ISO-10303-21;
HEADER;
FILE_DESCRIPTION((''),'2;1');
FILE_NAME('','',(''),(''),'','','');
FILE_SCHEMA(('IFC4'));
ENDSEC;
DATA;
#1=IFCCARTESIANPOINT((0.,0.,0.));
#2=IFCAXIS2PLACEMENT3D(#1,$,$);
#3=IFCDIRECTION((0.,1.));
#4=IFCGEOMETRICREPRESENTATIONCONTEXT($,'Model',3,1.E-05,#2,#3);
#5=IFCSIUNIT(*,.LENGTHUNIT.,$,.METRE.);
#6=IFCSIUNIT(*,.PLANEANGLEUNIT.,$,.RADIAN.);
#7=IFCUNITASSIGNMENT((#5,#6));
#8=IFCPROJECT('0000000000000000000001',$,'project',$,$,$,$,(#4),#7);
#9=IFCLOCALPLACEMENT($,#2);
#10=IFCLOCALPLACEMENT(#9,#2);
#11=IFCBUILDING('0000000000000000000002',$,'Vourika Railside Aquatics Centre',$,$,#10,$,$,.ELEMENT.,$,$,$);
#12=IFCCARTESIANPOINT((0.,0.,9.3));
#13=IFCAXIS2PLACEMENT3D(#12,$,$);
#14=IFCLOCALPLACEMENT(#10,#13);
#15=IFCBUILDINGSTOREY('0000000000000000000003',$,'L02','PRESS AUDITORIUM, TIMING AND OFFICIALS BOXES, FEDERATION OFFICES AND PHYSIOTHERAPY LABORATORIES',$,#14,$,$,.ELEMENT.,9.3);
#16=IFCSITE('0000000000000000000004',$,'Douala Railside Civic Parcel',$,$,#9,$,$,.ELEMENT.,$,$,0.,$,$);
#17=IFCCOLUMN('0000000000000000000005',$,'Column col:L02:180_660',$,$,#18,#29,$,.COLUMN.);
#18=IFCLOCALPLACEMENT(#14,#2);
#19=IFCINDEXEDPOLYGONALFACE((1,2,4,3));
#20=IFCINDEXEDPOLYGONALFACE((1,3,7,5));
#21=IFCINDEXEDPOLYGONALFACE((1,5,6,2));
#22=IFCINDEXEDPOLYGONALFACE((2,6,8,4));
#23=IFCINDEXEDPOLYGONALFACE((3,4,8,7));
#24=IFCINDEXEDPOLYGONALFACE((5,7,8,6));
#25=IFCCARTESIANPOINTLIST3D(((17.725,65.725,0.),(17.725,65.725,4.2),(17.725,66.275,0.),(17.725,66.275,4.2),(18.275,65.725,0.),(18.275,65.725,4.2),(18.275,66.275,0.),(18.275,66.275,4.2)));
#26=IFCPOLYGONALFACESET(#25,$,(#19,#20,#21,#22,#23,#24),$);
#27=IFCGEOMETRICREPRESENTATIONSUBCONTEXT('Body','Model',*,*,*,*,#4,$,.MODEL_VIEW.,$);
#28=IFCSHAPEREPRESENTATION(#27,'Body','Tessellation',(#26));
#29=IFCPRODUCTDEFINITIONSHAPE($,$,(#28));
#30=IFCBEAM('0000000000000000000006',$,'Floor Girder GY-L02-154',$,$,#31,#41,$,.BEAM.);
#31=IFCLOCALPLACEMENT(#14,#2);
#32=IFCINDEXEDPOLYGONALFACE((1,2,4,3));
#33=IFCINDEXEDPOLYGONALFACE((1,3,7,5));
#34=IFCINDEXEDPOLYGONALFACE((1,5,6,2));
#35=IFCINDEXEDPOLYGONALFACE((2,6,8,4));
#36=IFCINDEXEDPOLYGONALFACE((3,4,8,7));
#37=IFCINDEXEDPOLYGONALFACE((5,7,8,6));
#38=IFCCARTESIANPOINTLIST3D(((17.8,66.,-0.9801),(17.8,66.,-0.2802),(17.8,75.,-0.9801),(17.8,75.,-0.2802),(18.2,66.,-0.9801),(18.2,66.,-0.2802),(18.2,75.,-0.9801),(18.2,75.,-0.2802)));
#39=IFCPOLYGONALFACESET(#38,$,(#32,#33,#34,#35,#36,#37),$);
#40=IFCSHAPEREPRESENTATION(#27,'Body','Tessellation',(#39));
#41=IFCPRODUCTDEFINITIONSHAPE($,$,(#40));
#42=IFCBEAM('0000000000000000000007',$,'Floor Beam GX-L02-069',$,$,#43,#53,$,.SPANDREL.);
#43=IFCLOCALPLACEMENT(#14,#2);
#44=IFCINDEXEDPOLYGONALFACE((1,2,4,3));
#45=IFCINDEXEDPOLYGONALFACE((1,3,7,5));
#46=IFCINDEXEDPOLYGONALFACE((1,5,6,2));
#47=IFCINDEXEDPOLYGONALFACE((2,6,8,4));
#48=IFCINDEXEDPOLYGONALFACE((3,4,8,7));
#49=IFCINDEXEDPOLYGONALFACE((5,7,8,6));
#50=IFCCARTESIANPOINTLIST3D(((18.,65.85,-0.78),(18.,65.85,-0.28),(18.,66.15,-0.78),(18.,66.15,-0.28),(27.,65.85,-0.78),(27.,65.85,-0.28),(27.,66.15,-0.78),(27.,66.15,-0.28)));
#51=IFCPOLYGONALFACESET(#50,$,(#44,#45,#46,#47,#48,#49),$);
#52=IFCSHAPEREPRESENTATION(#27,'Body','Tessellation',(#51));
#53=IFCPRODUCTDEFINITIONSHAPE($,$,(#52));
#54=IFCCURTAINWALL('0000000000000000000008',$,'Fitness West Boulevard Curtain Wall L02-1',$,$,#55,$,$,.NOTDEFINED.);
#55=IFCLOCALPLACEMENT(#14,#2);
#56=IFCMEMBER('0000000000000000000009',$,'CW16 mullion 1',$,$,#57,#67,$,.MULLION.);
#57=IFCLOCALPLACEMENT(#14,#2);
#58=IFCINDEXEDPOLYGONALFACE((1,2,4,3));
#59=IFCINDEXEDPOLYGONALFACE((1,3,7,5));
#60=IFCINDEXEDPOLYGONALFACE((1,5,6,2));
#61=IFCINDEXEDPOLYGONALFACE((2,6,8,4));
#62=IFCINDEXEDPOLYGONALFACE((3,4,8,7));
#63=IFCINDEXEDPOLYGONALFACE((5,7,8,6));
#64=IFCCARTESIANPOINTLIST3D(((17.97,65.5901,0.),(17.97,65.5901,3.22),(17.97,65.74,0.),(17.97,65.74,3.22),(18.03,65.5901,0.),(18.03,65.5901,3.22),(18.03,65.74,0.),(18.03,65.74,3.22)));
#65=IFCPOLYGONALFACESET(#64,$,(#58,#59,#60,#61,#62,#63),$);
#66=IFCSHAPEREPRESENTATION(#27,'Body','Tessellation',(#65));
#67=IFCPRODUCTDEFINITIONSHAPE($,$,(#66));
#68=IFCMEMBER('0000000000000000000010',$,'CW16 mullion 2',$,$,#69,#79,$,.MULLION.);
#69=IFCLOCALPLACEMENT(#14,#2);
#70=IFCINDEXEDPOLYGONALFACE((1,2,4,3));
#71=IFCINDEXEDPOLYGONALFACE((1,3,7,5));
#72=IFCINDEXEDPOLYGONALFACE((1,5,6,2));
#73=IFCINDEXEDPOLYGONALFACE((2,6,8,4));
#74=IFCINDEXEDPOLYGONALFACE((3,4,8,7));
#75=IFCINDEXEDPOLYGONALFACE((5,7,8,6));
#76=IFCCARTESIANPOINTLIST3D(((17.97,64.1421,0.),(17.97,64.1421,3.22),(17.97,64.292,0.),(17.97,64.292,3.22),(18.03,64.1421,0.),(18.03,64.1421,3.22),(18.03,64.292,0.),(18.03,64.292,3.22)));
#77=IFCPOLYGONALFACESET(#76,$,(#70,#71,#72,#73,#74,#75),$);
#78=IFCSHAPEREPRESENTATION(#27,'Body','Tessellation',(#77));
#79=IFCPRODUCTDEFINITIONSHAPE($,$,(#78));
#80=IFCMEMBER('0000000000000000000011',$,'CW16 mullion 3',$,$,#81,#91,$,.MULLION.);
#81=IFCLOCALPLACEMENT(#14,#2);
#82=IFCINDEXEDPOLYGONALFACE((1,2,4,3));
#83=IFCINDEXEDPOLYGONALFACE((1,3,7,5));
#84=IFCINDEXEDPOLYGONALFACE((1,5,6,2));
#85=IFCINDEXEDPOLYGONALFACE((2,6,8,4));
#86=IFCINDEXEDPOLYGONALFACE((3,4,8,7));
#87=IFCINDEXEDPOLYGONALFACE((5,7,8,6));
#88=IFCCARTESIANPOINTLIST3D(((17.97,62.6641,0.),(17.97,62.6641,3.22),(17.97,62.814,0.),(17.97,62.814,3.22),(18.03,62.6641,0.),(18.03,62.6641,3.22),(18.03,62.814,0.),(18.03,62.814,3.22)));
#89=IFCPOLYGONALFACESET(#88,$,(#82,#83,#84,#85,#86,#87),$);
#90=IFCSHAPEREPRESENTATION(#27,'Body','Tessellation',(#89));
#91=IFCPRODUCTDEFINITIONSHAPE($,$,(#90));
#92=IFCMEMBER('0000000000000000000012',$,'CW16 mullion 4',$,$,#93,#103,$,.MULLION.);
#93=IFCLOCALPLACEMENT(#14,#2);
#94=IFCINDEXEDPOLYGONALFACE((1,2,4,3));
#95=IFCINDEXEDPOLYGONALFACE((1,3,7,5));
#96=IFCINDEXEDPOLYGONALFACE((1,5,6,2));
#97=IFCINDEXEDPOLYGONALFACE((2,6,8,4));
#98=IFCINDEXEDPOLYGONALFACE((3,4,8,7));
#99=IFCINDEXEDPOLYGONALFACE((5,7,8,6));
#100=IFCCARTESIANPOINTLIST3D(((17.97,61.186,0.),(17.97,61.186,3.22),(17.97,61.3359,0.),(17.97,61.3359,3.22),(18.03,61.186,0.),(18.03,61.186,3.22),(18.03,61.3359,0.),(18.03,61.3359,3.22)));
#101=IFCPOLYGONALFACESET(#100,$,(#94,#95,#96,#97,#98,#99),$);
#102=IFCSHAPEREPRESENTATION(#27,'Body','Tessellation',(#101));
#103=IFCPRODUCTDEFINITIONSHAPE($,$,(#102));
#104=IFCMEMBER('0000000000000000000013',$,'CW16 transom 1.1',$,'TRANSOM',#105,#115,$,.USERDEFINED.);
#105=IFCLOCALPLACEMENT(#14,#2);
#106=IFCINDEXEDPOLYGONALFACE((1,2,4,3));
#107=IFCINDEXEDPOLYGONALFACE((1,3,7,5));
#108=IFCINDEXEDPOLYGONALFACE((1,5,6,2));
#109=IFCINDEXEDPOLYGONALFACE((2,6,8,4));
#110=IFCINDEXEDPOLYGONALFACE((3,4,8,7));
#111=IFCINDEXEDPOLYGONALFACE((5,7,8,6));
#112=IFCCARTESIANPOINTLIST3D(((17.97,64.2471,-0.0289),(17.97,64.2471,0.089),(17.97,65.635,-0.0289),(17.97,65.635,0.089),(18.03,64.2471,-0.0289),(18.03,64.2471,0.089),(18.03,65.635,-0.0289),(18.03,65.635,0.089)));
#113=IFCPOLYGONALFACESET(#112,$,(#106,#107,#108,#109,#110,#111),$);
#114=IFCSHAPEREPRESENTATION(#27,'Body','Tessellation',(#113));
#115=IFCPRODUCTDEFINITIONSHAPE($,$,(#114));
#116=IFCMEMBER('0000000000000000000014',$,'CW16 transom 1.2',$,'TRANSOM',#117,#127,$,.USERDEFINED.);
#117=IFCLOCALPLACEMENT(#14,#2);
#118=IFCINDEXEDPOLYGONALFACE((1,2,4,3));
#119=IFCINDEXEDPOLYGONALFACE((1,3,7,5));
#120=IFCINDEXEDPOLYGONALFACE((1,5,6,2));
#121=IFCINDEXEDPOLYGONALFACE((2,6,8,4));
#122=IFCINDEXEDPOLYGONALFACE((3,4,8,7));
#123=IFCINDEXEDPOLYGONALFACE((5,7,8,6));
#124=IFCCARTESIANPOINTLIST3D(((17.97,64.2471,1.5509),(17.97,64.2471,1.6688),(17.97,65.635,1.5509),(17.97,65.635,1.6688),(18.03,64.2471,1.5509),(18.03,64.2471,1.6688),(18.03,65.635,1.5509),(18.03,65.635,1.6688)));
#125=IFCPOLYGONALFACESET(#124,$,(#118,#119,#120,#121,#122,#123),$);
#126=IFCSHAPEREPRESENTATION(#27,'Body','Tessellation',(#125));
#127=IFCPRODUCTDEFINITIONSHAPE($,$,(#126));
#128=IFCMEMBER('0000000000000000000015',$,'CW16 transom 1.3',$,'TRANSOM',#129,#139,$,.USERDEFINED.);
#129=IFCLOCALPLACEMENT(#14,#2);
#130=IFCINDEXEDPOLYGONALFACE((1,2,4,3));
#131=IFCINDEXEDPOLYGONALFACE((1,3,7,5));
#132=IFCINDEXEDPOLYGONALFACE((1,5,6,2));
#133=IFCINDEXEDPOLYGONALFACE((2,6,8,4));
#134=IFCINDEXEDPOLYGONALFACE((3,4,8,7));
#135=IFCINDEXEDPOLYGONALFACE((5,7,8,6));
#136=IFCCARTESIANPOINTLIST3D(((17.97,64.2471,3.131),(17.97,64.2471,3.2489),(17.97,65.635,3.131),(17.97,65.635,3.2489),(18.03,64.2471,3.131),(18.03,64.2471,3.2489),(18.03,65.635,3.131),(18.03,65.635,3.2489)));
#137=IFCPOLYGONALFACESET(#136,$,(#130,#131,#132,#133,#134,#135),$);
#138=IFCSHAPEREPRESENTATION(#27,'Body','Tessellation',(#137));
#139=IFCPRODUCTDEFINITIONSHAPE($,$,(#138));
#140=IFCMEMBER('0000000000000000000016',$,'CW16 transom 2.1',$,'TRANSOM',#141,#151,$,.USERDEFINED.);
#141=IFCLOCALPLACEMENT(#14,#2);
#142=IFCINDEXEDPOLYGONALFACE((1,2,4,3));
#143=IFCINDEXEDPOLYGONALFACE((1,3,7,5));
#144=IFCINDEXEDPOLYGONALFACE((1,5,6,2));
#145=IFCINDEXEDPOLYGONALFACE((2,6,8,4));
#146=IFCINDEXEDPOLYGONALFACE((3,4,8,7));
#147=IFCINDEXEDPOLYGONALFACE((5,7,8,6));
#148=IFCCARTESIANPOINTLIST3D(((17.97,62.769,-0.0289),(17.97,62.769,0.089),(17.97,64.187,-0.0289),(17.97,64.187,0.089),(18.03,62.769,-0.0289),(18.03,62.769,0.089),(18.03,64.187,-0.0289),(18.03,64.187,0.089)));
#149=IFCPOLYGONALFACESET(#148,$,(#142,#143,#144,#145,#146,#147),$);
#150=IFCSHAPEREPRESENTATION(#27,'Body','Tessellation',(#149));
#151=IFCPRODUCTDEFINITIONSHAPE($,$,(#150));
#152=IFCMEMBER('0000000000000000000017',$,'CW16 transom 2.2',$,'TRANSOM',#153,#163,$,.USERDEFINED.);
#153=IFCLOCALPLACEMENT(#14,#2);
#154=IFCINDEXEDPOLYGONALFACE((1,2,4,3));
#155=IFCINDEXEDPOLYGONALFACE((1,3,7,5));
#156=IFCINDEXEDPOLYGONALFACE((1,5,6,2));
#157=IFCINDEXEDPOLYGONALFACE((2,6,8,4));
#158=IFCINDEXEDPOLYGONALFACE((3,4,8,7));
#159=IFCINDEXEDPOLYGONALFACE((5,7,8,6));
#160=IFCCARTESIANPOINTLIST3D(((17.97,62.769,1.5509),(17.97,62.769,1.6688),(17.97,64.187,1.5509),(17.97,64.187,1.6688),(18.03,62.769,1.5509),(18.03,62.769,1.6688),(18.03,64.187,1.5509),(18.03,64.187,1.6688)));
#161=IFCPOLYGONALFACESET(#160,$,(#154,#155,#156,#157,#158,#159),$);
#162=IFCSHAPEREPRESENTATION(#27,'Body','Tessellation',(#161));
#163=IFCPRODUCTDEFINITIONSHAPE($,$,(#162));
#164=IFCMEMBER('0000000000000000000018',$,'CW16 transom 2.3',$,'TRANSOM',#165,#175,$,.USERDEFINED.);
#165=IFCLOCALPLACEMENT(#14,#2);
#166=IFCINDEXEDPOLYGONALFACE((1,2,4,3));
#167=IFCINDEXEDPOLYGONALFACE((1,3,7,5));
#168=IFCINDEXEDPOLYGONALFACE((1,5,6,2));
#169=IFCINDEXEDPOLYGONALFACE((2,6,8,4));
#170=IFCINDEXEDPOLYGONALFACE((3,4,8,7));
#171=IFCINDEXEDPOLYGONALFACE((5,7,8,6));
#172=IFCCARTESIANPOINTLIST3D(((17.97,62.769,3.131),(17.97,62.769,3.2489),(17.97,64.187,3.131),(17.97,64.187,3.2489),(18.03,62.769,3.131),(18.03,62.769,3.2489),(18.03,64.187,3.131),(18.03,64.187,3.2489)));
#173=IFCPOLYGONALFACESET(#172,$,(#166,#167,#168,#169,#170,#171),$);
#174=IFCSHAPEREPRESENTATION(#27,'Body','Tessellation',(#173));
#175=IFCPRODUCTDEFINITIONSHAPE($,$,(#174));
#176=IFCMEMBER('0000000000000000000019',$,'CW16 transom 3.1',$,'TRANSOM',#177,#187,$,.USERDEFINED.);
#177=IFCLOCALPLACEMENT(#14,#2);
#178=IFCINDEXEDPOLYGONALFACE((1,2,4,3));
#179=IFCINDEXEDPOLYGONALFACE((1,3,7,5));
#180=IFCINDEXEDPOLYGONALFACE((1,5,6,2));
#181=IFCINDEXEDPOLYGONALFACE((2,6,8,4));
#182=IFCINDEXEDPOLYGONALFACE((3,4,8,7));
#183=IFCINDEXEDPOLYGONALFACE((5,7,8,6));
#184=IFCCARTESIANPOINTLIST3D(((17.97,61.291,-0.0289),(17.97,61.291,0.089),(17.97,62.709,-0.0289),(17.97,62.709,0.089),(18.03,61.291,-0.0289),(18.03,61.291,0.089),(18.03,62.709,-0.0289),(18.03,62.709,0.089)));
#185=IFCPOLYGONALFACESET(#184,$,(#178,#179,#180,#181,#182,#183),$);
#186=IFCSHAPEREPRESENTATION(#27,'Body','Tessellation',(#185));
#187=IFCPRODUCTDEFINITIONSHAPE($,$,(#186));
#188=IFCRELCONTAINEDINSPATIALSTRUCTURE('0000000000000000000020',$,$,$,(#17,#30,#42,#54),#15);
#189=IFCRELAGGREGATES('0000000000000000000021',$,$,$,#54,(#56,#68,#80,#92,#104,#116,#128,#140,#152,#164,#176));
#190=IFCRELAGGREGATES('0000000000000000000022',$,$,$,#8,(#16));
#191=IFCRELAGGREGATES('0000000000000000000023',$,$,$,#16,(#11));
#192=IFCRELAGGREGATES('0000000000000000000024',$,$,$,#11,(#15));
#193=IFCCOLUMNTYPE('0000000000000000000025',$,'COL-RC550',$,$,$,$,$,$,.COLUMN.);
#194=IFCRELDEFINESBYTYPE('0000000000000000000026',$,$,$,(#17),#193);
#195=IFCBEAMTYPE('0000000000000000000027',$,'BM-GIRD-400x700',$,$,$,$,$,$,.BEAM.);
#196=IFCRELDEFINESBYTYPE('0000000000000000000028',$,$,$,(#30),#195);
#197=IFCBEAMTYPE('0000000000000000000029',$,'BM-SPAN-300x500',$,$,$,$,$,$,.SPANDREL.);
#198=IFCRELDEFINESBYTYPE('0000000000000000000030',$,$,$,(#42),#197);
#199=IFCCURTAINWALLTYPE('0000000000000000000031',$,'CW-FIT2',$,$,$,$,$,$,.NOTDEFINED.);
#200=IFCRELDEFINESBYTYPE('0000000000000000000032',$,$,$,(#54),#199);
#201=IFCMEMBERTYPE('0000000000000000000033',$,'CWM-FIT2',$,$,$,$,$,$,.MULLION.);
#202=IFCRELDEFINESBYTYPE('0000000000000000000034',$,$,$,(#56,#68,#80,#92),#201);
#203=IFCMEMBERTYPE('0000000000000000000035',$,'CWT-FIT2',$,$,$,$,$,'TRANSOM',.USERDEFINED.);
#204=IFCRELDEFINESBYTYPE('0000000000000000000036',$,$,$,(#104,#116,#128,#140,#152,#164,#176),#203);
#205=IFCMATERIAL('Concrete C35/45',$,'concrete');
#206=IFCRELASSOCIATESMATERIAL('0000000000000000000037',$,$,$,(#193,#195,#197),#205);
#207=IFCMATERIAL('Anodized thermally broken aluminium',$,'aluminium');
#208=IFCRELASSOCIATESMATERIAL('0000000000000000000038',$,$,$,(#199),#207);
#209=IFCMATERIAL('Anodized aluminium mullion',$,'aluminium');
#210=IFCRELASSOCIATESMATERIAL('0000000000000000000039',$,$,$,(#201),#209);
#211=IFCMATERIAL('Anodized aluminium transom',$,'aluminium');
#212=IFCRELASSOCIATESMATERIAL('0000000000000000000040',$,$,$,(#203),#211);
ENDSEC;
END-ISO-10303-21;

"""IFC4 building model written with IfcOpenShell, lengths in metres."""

from ifc_helpers import new_model, si_unit, direction, frame, origin, origin_2d, place, context, subcontext, project, spatial, rectangle, extrude, material, material_profile, profile_set, type_object, element, aggregate, save


model = new_model("IFC4")

# Units and contexts
model_context = context("Model", 3, precision=1e-05, world=origin(), true_north=direction((0.0, 1.0)))
body_context = subcontext(model_context, "Body", "Model", "MODEL_VIEW")
ifc_project = project(units=[si_unit("LENGTHUNIT", "METRE"), si_unit("PLANEANGLEUNIT", "RADIAN")], contexts=[model_context])

# Site, building, storey
site_placement = place(None, origin())
site = spatial("IfcSite", under=ifc_project, at=site_placement, Name="Douala Railside Civic Parcel", CompositionType="ELEMENT", RefElevation=0.0)
building_placement = place(site_placement, origin())
building = spatial("IfcBuilding", under=site, at=building_placement, Name="Vourika Railside Aquatics Centre", CompositionType="ELEMENT")
storey_placement = place(building_placement, frame((0.0, 0.0, 9.3)))
storey = spatial("IfcBuildingStorey", under=building, at=storey_placement, Name="L02", Description="PRESS AUDITORIUM, TIMING AND OFFICIALS BOXES, FEDERATION OFFICES AND PHYSIOTHERAPY LABORATORIES", CompositionType="ELEMENT", Elevation=9.3)

# Column
ifc_material_1 = material(Name="Concrete C35/45", Category="concrete")
ifc_material_profile_1 = material_profile(ifc_material_1, rectangle(XDim=0.55, YDim=0.55, at=origin_2d()), Name="RC 550x550")
ifc_profile_set_1 = profile_set([ifc_material_profile_1], Name="Concrete C35/45")
column_type = type_object("IfcColumnType", Name="COL-RC550", PredefinedType="COLUMN", material=ifc_profile_set_1)
column_placement = place(storey_placement, frame((18.0, 66.0, 0.0), z_axis=(0.0, 0.0, 1.0), x_axis=(1.0, 0.0, 0.0)))
element("IfcColumn", 1, at=column_placement, inside=storey, type_object=column_type, Name="Column col:L02:180_660", PredefinedType="COLUMN", context=body_context, shape_type="SweptSolid", body=[
    extrude(rectangle(XDim=0.55, YDim=0.55, at=origin_2d()), origin(), (0.0, 0.0, 1.0), 4.2),
])

# Beams
ifc_material_profile_2 = material_profile(ifc_material_1, rectangle(XDim=0.3999, YDim=0.7, at=origin_2d()), Name="RC 400x700")
ifc_profile_set_2 = profile_set([ifc_material_profile_2], Name="Concrete C35/45")
beam_type_1 = type_object("IfcBeamType", Name="BM-GIRD-400x700", PredefinedType="BEAM", material=ifc_profile_set_2)
beam_1_placement = place(storey_placement, frame((18.0, 66.0, -0.6301), z_axis=(0.0, 1.0, 0.0), x_axis=(-1.0, 0.0, 0.0)))
element("IfcBeam", 2, at=beam_1_placement, inside=storey, type_object=beam_type_1, Name="Floor Girder GY-L02-154", PredefinedType="BEAM", context=body_context, shape_type="SweptSolid", body=[
    extrude(rectangle(XDim=0.3999, YDim=0.7, at=origin_2d()), origin(), (0.0, 0.0, 1.0), 9.0),
])
ifc_material_profile_3 = material_profile(ifc_material_1, rectangle(XDim=0.3, YDim=0.5, at=origin_2d()), Name="RC 300x500")
ifc_profile_set_3 = profile_set([ifc_material_profile_3], Name="Concrete C35/45")
beam_type_2 = type_object("IfcBeamType", Name="BM-SPAN-300x500", PredefinedType="SPANDREL", material=ifc_profile_set_3)
beam_2_placement = place(storey_placement, frame((18.0, 66.0, -0.53), z_axis=(1.0, 0.0, 0.0), x_axis=(0.0, 1.0, 0.0)))
element("IfcBeam", 3, at=beam_2_placement, inside=storey, type_object=beam_type_2, Name="Floor Beam GX-L02-069", PredefinedType="SPANDREL", context=body_context, shape_type="SweptSolid", body=[
    extrude(rectangle(XDim=0.3, YDim=0.5, at=origin_2d()), origin(), (0.0, 0.0, 1.0), 9.0),
])

# Curtain wall, members
ifc_material_2 = material(Name="Anodized thermally broken aluminium", Category="aluminium")
curtain_wall_type = type_object("IfcCurtainWallType", Name="CW-FIT2", PredefinedType="NOTDEFINED", material=ifc_material_2)
curtain_wall_placement = place(storey_placement, origin())
curtain_wall = element("IfcCurtainWall", 4, at=curtain_wall_placement, inside=storey, type_object=curtain_wall_type, Name="Fitness West Boulevard Curtain Wall L02-1", PredefinedType="NOTDEFINED")
ifc_material_3 = material(Name="Anodized aluminium mullion", Category="aluminium")
ifc_material_profile_4 = material_profile(ifc_material_3, rectangle(XDim=0.0601, YDim=0.1499, at=origin_2d()), Name="ALU-M 60x150")
ifc_profile_set_4 = profile_set([ifc_material_profile_4], Name="Anodized aluminium mullion")
member_type_1 = type_object("IfcMemberType", Name="CWM-FIT2", PredefinedType="MULLION", material=ifc_profile_set_4)
member_1_placement = place(storey_placement, frame((18.0, 65.665, 0.0), z_axis=(0.0, 0.0, 1.0), x_axis=(1.0, 0.0, 0.0)))
member_1 = element("IfcMember", 5, at=member_1_placement, type_object=member_type_1, Name="CW16 mullion 1", PredefinedType="MULLION", context=body_context, shape_type="SweptSolid", body=[
    extrude(rectangle(XDim=0.0601, YDim=0.1499, at=origin_2d()), origin(), (0.0, 0.0, 1.0), 3.22),
])
member_2_placement = place(storey_placement, frame((18.0, 64.217, 0.0), z_axis=(0.0, 0.0, 1.0), x_axis=(1.0, 0.0, 0.0)))
member_2 = element("IfcMember", 6, at=member_2_placement, type_object=member_type_1, Name="CW16 mullion 2", PredefinedType="MULLION", context=body_context, shape_type="SweptSolid", body=[
    extrude(rectangle(XDim=0.0601, YDim=0.1499, at=origin_2d()), origin(), (0.0, 0.0, 1.0), 3.22),
])
member_3_placement = place(storey_placement, frame((18.0, 62.739, 0.0), z_axis=(0.0, 0.0, 1.0), x_axis=(1.0, 0.0, 0.0)))
member_3 = element("IfcMember", 7, at=member_3_placement, type_object=member_type_1, Name="CW16 mullion 3", PredefinedType="MULLION", context=body_context, shape_type="SweptSolid", body=[
    extrude(rectangle(XDim=0.0601, YDim=0.1499, at=origin_2d()), origin(), (0.0, 0.0, 1.0), 3.22),
])
member_4_placement = place(storey_placement, frame((18.0, 61.261, 0.0), z_axis=(0.0, 0.0, 1.0), x_axis=(1.0, 0.0, 0.0)))
member_4 = element("IfcMember", 8, at=member_4_placement, type_object=member_type_1, Name="CW16 mullion 4", PredefinedType="MULLION", context=body_context, shape_type="SweptSolid", body=[
    extrude(rectangle(XDim=0.0601, YDim=0.1499, at=origin_2d()), origin(), (0.0, 0.0, 1.0), 3.22),
])
ifc_material_4 = material(Name="Anodized aluminium transom", Category="aluminium")
ifc_material_profile_5 = material_profile(ifc_material_4, rectangle(XDim=0.0601, YDim=0.1179, at=origin_2d()), Name="ALU-T 60x118")
ifc_profile_set_5 = profile_set([ifc_material_profile_5], Name="Anodized aluminium transom")
member_type_2 = type_object("IfcMemberType", Name="CWT-FIT2", ElementType="TRANSOM", PredefinedType="USERDEFINED", material=ifc_profile_set_5)
member_5_placement = place(storey_placement, frame((18.0, 65.635, 0.03), z_axis=(0.0, -1.0, 0.0), x_axis=(1.0, 0.0, 0.0)))
member_5 = element("IfcMember", 9, at=member_5_placement, type_object=member_type_2, Name="CW16 transom 1.1", ObjectType="TRANSOM", PredefinedType="USERDEFINED", context=body_context, shape_type="SweptSolid", body=[
    extrude(rectangle(XDim=0.0601, YDim=0.1179, at=origin_2d()), origin(), (0.0, 0.0, 1.0), 1.3879),
])
member_6_placement = place(storey_placement, frame((18.0, 65.635, 1.6099), z_axis=(0.0, -1.0, 0.0), x_axis=(1.0, 0.0, 0.0)))
member_6 = element("IfcMember", 10, at=member_6_placement, type_object=member_type_2, Name="CW16 transom 1.2", ObjectType="TRANSOM", PredefinedType="USERDEFINED", context=body_context, shape_type="SweptSolid", body=[
    extrude(rectangle(XDim=0.0601, YDim=0.1179, at=origin_2d()), origin(), (0.0, 0.0, 1.0), 1.3879),
])
member_7_placement = place(storey_placement, frame((18.0, 65.635, 3.1899), z_axis=(0.0, -1.0, 0.0), x_axis=(1.0, 0.0, 0.0)))
member_7 = element("IfcMember", 11, at=member_7_placement, type_object=member_type_2, Name="CW16 transom 1.3", ObjectType="TRANSOM", PredefinedType="USERDEFINED", context=body_context, shape_type="SweptSolid", body=[
    extrude(rectangle(XDim=0.0601, YDim=0.1179, at=origin_2d()), origin(), (0.0, 0.0, 1.0), 1.3879),
])
member_8_placement = place(storey_placement, frame((18.0, 64.187, 0.03), z_axis=(0.0, -1.0, 0.0), x_axis=(1.0, 0.0, 0.0)))
member_8 = element("IfcMember", 12, at=member_8_placement, type_object=member_type_2, Name="CW16 transom 2.1", ObjectType="TRANSOM", PredefinedType="USERDEFINED", context=body_context, shape_type="SweptSolid", body=[
    extrude(rectangle(XDim=0.0601, YDim=0.1179, at=origin_2d()), origin(), (0.0, 0.0, 1.0), 1.418),
])
member_9_placement = place(storey_placement, frame((18.0, 64.187, 1.6099), z_axis=(0.0, -1.0, 0.0), x_axis=(1.0, 0.0, 0.0)))
member_9 = element("IfcMember", 13, at=member_9_placement, type_object=member_type_2, Name="CW16 transom 2.2", ObjectType="TRANSOM", PredefinedType="USERDEFINED", context=body_context, shape_type="SweptSolid", body=[
    extrude(rectangle(XDim=0.0601, YDim=0.1179, at=origin_2d()), origin(), (0.0, 0.0, 1.0), 1.418),
])
member_10_placement = place(storey_placement, frame((18.0, 64.187, 3.1899), z_axis=(0.0, -1.0, 0.0), x_axis=(1.0, 0.0, 0.0)))
member_10 = element("IfcMember", 14, at=member_10_placement, type_object=member_type_2, Name="CW16 transom 2.3", ObjectType="TRANSOM", PredefinedType="USERDEFINED", context=body_context, shape_type="SweptSolid", body=[
    extrude(rectangle(XDim=0.0601, YDim=0.1179, at=origin_2d()), origin(), (0.0, 0.0, 1.0), 1.418),
])
member_11_placement = place(storey_placement, frame((18.0, 62.709, 0.03), z_axis=(0.0, -1.0, 0.0), x_axis=(1.0, 0.0, 0.0)))
member_11 = element("IfcMember", 15, at=member_11_placement, type_object=member_type_2, Name="CW16 transom 3.1", ObjectType="TRANSOM", PredefinedType="USERDEFINED", context=body_context, shape_type="SweptSolid", body=[
    extrude(rectangle(XDim=0.0601, YDim=0.1179, at=origin_2d()), origin(), (0.0, 0.0, 1.0), 1.418),
])
aggregate(curtain_wall, [member_1, member_2, member_3, member_4, member_5, member_6, member_7, member_8, member_9, member_10, member_11])

save(model, "model.ifc")
